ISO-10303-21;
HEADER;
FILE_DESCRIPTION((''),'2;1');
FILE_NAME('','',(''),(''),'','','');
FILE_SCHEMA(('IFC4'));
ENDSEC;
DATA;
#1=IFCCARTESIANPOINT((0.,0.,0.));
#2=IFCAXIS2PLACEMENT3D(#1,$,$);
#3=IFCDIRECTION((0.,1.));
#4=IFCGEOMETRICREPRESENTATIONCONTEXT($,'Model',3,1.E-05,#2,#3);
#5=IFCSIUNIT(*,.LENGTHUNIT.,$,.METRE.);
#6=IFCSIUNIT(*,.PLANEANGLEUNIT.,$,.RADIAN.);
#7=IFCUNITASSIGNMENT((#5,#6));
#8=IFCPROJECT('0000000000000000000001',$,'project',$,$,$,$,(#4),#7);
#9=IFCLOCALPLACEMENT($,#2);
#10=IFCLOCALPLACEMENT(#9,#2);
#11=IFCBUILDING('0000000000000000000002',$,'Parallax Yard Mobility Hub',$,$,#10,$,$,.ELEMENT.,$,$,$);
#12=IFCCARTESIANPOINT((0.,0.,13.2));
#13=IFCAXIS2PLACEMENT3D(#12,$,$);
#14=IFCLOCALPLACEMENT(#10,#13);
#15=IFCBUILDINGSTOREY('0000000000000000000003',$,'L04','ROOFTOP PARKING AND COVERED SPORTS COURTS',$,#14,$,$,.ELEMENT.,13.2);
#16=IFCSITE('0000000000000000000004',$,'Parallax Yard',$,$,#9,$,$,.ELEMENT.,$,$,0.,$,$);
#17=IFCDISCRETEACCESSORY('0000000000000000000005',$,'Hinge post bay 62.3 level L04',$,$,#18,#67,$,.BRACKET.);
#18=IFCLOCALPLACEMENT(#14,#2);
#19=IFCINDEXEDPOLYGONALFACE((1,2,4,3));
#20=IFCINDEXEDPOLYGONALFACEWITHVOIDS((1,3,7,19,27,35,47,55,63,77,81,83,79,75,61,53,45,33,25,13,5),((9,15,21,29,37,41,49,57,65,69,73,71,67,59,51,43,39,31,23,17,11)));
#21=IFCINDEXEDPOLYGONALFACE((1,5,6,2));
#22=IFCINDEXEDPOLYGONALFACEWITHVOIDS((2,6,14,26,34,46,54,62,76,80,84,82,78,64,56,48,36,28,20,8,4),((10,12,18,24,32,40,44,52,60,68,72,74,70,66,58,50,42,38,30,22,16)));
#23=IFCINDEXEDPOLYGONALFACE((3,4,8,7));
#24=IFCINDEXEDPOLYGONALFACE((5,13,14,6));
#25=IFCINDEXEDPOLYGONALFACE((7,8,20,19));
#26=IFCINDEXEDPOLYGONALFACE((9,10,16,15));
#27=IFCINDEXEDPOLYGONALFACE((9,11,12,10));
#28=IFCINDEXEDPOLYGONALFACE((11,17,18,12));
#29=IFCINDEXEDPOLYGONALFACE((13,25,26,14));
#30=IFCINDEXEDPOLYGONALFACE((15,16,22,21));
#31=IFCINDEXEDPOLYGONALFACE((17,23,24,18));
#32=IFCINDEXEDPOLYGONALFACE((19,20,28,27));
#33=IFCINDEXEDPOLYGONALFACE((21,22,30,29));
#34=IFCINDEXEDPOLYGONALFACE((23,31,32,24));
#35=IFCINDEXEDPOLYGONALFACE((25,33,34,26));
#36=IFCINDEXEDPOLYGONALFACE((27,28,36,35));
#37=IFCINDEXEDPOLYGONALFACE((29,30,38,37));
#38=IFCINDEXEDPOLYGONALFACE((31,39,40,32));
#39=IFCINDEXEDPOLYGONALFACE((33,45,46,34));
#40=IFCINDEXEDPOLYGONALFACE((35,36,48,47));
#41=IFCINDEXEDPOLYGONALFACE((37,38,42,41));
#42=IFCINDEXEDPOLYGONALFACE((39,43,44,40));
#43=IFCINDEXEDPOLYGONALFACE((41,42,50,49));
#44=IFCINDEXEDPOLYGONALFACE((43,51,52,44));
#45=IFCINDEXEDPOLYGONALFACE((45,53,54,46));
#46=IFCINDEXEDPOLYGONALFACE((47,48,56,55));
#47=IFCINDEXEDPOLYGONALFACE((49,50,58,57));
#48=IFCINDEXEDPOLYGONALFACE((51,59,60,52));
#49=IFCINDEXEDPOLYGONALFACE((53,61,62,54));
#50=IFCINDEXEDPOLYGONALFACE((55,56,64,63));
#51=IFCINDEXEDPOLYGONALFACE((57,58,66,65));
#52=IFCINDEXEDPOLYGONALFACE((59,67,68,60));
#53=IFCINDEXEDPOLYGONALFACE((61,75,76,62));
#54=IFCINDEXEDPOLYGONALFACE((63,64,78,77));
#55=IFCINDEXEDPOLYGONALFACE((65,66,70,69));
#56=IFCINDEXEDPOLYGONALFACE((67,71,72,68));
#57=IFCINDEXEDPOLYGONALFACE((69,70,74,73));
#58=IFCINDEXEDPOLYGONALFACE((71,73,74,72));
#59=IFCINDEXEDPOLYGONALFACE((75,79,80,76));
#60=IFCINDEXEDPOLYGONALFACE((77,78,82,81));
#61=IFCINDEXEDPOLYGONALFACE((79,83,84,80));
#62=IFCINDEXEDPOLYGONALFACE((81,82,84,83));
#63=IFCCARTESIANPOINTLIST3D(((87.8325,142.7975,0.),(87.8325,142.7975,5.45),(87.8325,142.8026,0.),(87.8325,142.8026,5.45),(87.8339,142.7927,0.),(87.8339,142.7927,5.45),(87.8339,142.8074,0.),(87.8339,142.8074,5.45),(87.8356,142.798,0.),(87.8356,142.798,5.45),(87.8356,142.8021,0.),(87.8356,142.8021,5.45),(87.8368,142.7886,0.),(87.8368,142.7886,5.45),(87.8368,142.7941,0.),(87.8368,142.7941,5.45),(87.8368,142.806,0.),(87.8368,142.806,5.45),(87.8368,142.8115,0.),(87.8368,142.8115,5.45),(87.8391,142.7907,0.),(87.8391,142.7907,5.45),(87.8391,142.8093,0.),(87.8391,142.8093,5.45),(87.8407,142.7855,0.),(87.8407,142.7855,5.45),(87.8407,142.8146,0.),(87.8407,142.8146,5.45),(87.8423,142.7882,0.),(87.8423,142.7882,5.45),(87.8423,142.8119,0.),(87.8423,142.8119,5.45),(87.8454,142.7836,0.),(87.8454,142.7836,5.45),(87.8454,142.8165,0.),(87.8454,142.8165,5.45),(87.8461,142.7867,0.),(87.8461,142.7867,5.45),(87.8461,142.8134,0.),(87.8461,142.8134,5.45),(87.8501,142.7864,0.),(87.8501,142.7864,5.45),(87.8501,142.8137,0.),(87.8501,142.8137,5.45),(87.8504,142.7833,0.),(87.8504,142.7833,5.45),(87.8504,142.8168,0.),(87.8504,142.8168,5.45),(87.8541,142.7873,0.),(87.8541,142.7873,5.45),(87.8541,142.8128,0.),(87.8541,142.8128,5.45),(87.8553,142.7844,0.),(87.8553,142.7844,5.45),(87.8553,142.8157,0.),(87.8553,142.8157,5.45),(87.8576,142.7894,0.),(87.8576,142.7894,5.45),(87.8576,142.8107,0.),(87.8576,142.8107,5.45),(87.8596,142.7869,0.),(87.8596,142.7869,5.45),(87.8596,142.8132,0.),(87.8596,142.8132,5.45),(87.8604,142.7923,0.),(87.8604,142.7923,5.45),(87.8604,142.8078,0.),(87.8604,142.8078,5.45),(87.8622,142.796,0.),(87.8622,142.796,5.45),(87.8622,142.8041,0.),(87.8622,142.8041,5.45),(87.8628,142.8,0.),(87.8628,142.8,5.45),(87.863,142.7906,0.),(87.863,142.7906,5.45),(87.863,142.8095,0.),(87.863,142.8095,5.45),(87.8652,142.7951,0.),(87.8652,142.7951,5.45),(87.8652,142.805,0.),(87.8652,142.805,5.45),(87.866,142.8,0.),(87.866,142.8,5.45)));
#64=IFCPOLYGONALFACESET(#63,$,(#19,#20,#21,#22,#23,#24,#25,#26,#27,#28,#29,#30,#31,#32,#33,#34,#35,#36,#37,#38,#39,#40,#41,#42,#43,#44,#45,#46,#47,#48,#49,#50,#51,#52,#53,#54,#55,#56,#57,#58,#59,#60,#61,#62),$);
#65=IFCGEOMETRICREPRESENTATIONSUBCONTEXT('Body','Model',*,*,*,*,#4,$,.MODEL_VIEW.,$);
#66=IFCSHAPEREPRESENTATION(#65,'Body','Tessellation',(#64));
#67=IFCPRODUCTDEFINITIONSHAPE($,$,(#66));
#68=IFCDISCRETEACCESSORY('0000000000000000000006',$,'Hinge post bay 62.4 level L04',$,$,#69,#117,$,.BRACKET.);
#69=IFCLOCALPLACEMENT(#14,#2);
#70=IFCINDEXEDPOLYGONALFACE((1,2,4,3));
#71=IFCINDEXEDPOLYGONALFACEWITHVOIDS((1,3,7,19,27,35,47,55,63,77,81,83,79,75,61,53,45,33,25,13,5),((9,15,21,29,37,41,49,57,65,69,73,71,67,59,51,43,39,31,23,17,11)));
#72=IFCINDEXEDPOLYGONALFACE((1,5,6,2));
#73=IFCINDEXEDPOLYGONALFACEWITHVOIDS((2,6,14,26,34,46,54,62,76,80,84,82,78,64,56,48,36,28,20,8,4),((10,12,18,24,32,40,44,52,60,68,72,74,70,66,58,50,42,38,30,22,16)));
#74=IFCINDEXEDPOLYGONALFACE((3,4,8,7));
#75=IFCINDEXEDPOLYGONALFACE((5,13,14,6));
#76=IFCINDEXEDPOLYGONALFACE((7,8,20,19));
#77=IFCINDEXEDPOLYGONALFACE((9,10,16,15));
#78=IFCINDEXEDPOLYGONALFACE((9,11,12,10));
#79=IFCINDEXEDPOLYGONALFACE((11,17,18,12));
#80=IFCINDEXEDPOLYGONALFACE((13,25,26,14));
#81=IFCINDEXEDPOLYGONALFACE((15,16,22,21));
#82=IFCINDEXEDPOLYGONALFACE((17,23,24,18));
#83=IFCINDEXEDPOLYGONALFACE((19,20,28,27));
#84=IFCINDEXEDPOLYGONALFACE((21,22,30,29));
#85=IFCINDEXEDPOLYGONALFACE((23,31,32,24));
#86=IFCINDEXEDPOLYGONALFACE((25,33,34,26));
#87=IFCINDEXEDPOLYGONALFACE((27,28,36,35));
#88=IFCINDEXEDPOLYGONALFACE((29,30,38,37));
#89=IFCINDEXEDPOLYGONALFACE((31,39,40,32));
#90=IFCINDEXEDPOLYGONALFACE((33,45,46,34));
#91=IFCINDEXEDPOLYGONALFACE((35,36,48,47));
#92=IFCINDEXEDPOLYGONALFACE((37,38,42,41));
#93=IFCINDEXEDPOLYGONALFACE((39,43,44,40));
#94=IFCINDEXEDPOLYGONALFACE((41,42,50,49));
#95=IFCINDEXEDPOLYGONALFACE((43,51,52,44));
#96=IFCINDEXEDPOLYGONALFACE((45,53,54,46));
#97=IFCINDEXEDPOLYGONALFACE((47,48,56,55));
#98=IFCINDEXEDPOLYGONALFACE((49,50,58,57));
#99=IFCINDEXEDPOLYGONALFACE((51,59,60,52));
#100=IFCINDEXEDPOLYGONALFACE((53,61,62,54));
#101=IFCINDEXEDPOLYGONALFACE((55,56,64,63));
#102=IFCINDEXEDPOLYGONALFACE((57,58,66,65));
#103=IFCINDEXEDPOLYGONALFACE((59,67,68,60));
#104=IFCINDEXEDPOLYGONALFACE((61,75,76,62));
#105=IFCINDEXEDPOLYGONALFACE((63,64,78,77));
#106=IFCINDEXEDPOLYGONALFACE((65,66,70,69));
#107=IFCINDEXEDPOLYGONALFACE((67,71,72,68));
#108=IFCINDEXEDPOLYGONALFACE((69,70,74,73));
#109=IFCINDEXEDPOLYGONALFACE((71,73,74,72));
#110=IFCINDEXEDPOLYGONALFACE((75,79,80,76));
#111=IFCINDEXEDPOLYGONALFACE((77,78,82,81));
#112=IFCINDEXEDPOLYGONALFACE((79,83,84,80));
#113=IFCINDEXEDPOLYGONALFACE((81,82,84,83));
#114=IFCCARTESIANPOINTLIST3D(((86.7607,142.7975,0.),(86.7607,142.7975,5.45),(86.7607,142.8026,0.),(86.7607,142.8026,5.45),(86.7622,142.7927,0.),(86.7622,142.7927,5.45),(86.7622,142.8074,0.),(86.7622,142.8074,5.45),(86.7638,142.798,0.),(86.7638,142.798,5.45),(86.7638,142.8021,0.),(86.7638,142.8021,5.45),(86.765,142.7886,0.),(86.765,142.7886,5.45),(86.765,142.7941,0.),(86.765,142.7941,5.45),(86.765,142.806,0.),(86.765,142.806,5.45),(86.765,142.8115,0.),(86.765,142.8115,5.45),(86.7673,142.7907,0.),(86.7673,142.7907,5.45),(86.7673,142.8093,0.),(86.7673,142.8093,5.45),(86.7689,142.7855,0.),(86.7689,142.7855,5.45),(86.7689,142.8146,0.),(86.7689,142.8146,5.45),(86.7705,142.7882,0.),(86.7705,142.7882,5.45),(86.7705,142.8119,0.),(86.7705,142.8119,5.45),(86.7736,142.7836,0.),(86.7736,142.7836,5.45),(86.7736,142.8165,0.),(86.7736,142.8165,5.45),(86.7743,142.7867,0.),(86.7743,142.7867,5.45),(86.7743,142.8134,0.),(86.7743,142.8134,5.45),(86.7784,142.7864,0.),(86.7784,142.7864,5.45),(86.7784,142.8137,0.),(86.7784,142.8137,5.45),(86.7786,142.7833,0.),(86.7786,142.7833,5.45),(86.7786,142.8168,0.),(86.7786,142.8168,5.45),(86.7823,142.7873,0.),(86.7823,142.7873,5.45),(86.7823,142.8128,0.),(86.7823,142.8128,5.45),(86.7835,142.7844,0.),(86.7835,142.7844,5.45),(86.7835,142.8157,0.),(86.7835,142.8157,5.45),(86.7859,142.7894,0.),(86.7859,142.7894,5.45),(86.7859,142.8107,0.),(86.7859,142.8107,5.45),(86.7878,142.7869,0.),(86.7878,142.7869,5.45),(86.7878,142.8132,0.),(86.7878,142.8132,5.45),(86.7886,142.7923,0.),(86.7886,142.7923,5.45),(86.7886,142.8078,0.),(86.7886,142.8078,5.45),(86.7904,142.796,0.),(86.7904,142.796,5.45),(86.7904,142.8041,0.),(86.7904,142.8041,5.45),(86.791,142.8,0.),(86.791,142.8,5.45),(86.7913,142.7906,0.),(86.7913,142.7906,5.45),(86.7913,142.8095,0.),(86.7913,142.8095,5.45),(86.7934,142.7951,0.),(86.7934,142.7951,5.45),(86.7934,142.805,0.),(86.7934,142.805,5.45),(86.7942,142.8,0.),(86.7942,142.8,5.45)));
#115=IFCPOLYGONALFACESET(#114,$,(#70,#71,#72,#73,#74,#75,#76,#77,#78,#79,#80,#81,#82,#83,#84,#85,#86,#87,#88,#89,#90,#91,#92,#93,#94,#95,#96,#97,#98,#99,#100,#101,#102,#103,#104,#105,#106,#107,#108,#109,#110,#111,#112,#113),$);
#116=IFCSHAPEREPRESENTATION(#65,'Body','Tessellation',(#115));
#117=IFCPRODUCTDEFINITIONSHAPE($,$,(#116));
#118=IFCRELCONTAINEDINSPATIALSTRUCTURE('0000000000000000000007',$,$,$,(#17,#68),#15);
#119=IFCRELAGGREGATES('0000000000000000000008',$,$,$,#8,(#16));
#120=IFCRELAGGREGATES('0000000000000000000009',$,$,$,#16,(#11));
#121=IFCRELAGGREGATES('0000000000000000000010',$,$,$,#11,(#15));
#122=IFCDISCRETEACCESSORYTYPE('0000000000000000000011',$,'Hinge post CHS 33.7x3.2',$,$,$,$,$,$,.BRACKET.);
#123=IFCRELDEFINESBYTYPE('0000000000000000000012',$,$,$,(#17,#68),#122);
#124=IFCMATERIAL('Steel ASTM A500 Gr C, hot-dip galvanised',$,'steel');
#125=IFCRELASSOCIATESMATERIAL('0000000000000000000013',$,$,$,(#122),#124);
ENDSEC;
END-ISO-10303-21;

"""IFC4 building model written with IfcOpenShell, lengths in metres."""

from ifc_helpers import new_model, si_unit, direction, frame, origin, origin_2d, place, context, subcontext, project, spatial, hollow_circle, extrude, material, material_profile, profile_set, type_object, element, save


model = new_model("IFC4")

# Units and contexts
model_context = context("Model", 3, precision=1e-05, world=origin(), true_north=direction((0.0, 1.0)))
body_context = subcontext(model_context, "Body", "Model", "MODEL_VIEW")
ifc_project = project(units=[si_unit("LENGTHUNIT", "METRE"), si_unit("PLANEANGLEUNIT", "RADIAN")], contexts=[model_context])

# Site, building, storey
site_placement = place(None, origin())
site = spatial("IfcSite", under=ifc_project, at=site_placement, Name="Parallax Yard", CompositionType="ELEMENT", RefElevation=0.0)
building_placement = place(site_placement, origin())
building = spatial("IfcBuilding", under=site, at=building_placement, Name="Parallax Yard Mobility Hub", CompositionType="ELEMENT")
storey_placement = place(building_placement, frame((0.0, 0.0, 13.2)))
storey = spatial("IfcBuildingStorey", under=building, at=storey_placement, Name="L04", Description="ROOFTOP PARKING AND COVERED SPORTS COURTS", CompositionType="ELEMENT", Elevation=13.2)

# Discrete accessories
ifc_material_1 = material(Name="Steel ASTM A500 Gr C, hot-dip galvanised", Category="steel")
ifc_material_profile = material_profile(ifc_material_1, hollow_circle(Radius=0.0168, WallThickness=0.0032, at=origin_2d()), Name="CHS 33.7x3.2")
ifc_profile_set = profile_set([ifc_material_profile], Name="Steel ASTM A500 Gr C, hot-dip galvanised")
discrete_accessory_type = type_object("IfcDiscreteAccessoryType", Name="Hinge post CHS 33.7x3.2", PredefinedType="BRACKET", material=ifc_profile_set)
for number, where, z_axis, x_axis, name in (
    (1, (87.8491, 142.8, 0.0), (0.0, 0.0, 1.0), (1.0, 0.0, 0.0), "Hinge post bay 62.3 level L04"),
    (2, (86.7773, 142.8, 0.0), (0.0, 0.0, 1.0), (1.0, 0.0, 0.0), "Hinge post bay 62.4 level L04"),
):
    element("IfcDiscreteAccessory", number, at=place(storey_placement, frame(where, z_axis=z_axis, x_axis=x_axis)), inside=storey, type_object=discrete_accessory_type, Name=name, PredefinedType="BRACKET", context=body_context, shape_type="SweptSolid", body=[
        extrude(hollow_circle(Radius=0.0168, WallThickness=0.0032, at=origin_2d()), origin(), (0.0, 0.0, 1.0), 5.45),
    ])

save(model, "model.ifc")
